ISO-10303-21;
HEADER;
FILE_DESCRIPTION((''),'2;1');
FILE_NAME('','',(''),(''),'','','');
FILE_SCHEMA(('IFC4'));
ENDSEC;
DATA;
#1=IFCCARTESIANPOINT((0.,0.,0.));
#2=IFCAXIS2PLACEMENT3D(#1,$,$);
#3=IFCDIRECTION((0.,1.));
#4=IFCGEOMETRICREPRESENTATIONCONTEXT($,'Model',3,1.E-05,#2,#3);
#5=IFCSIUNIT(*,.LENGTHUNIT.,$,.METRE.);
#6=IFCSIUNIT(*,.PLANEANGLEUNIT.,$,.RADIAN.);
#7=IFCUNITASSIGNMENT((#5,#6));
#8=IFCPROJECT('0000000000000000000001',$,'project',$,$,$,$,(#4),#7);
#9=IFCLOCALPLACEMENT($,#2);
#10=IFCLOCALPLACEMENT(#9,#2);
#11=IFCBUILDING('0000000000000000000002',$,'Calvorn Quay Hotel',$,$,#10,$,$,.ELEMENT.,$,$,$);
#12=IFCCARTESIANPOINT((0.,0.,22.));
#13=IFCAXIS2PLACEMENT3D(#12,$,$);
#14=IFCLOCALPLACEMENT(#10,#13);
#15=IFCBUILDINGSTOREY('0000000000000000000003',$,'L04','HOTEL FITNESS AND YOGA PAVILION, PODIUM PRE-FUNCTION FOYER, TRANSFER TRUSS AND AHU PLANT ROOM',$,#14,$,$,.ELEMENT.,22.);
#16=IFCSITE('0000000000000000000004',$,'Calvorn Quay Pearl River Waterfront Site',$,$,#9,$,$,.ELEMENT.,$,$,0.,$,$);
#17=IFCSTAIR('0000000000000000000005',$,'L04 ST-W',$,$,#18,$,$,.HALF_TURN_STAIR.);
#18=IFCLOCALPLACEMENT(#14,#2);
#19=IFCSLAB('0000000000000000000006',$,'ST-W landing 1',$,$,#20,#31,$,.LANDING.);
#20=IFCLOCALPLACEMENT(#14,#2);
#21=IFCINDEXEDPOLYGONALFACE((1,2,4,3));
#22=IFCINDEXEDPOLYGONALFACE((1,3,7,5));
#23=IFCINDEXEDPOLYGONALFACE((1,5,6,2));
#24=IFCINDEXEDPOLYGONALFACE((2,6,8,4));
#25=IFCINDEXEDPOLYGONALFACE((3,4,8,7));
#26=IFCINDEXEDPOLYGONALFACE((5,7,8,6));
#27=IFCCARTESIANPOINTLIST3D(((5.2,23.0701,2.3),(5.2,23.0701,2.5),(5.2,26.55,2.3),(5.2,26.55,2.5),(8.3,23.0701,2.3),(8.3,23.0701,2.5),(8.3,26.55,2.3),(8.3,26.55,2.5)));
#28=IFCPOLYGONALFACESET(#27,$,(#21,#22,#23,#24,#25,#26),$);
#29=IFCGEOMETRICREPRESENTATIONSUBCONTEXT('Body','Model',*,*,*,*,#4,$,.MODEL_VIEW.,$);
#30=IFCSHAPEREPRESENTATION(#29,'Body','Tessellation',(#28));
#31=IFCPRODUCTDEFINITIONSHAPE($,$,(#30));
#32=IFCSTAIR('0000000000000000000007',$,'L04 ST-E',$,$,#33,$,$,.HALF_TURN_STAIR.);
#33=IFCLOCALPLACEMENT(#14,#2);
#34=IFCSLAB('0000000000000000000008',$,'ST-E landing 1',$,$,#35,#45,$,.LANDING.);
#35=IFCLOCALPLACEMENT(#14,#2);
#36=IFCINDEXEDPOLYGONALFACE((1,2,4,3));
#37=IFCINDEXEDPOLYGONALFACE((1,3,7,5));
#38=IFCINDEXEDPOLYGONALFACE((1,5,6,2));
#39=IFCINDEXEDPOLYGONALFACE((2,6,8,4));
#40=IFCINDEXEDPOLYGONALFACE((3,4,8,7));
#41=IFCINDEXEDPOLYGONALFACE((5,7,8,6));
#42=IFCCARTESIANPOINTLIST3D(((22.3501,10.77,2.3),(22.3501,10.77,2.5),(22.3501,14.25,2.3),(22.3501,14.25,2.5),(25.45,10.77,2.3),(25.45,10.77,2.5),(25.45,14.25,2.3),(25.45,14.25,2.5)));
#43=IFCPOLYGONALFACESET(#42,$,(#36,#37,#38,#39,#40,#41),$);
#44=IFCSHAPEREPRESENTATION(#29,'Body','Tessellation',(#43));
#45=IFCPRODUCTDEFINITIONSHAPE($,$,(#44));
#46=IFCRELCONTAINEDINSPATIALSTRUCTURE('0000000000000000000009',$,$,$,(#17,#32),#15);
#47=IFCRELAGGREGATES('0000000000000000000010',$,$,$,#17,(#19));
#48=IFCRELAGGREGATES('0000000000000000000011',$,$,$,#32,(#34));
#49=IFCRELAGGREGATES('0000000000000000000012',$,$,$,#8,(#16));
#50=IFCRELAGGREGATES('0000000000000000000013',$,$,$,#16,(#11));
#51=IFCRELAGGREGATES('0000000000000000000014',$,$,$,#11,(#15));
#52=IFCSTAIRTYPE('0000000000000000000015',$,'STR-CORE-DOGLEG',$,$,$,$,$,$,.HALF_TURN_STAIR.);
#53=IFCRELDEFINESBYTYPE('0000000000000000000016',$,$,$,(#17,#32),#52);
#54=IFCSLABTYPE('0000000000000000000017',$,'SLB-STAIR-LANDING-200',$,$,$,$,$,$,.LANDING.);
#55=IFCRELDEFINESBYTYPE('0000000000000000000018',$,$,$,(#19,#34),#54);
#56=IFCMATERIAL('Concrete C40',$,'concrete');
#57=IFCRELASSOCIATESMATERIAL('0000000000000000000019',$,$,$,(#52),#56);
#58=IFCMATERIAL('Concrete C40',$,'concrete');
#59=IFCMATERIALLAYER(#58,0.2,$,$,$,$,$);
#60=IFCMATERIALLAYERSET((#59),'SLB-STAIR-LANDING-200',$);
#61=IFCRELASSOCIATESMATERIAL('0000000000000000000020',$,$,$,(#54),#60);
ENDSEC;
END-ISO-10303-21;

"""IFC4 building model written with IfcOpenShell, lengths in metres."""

from ifc_helpers import new_model, si_unit, direction, frame, origin, place, context, subcontext, project, spatial, polyline, outline, extrude, material, layer, layer_set, type_object, element, aggregate, save


model = new_model("IFC4")

# Units and contexts
model_context = context("Model", 3, precision=1e-05, world=origin(), true_north=direction((0.0, 1.0)))
body_context = subcontext(model_context, "Body", "Model", "MODEL_VIEW")
ifc_project = project(units=[si_unit("LENGTHUNIT", "METRE"), si_unit("PLANEANGLEUNIT", "RADIAN")], contexts=[model_context])

# Site, building, storey
site_placement = place(None, origin())
site = spatial("IfcSite", under=ifc_project, at=site_placement, Name="Calvorn Quay Pearl River Waterfront Site", CompositionType="ELEMENT", RefElevation=0.0)
building_placement = place(site_placement, origin())
building = spatial("IfcBuilding", under=site, at=building_placement, Name="Calvorn Quay Hotel", CompositionType="ELEMENT")
storey_placement = place(building_placement, frame((0.0, 0.0, 22.0)))
storey = spatial("IfcBuildingStorey", under=building, at=storey_placement, Name="L04", Description="HOTEL FITNESS AND YOGA PAVILION, PODIUM PRE-FUNCTION FOYER, TRANSFER TRUSS AND AHU PLANT ROOM", CompositionType="ELEMENT", Elevation=22.0)

# Stairs, slabs
ifc_material_1 = material(Name="Concrete C40", Category="concrete")
stair_type = type_object("IfcStairType", Name="STR-CORE-DOGLEG", PredefinedType="HALF_TURN_STAIR", material=ifc_material_1)
stair_1_placement = place(storey_placement, origin())
stair_1 = element("IfcStair", 1, at=stair_1_placement, inside=storey, type_object=stair_type, Name="L04 ST-W", PredefinedType="HALF_TURN_STAIR")
ifc_material_2 = material(Name="Concrete C40", Category="concrete")
ifc_layer_1 = layer(ifc_material_2, 0.2)
ifc_layer_set_1 = layer_set([ifc_layer_1], Name="SLB-STAIR-LANDING-200")
slab_type_1 = type_object("IfcSlabType", Name="SLB-STAIR-LANDING-200", PredefinedType="LANDING", material=ifc_layer_set_1)
slab_1_placement = place(storey_placement, frame((0.0, 0.0, 2.3)))
slab_1 = element("IfcSlab", 2, at=slab_1_placement, type_object=slab_type_1, Name="ST-W landing 1", PredefinedType="LANDING", context=body_context, shape_type="SweptSolid", body=[
    extrude(outline(polyline([(8.3, 23.0701), (8.3, 26.55), (5.2, 26.55), (5.2, 23.0701), (8.3, 23.0701)])), origin(), (0.0, 0.0, 1.0), 0.2),
])
aggregate(stair_1, [slab_1])
stair_2_placement = place(storey_placement, origin())
stair_2 = element("IfcStair", 3, at=stair_2_placement, inside=storey, type_object=stair_type, Name="L04 ST-E", PredefinedType="HALF_TURN_STAIR")
slab_2_placement = place(storey_placement, frame((0.0, 0.0, 2.3)))
slab_2 = element("IfcSlab", 4, at=slab_2_placement, type_object=slab_type_1, Name="ST-E landing 1", PredefinedType="LANDING", context=body_context, shape_type="SweptSolid", body=[
    extrude(outline(polyline([(25.45, 10.77), (25.45, 14.25), (22.3501, 14.25), (22.3501, 10.77), (25.45, 10.77)])), origin(), (0.0, 0.0, 1.0), 0.2),
])
aggregate(stair_2, [slab_2])

save(model, "model.ifc")
